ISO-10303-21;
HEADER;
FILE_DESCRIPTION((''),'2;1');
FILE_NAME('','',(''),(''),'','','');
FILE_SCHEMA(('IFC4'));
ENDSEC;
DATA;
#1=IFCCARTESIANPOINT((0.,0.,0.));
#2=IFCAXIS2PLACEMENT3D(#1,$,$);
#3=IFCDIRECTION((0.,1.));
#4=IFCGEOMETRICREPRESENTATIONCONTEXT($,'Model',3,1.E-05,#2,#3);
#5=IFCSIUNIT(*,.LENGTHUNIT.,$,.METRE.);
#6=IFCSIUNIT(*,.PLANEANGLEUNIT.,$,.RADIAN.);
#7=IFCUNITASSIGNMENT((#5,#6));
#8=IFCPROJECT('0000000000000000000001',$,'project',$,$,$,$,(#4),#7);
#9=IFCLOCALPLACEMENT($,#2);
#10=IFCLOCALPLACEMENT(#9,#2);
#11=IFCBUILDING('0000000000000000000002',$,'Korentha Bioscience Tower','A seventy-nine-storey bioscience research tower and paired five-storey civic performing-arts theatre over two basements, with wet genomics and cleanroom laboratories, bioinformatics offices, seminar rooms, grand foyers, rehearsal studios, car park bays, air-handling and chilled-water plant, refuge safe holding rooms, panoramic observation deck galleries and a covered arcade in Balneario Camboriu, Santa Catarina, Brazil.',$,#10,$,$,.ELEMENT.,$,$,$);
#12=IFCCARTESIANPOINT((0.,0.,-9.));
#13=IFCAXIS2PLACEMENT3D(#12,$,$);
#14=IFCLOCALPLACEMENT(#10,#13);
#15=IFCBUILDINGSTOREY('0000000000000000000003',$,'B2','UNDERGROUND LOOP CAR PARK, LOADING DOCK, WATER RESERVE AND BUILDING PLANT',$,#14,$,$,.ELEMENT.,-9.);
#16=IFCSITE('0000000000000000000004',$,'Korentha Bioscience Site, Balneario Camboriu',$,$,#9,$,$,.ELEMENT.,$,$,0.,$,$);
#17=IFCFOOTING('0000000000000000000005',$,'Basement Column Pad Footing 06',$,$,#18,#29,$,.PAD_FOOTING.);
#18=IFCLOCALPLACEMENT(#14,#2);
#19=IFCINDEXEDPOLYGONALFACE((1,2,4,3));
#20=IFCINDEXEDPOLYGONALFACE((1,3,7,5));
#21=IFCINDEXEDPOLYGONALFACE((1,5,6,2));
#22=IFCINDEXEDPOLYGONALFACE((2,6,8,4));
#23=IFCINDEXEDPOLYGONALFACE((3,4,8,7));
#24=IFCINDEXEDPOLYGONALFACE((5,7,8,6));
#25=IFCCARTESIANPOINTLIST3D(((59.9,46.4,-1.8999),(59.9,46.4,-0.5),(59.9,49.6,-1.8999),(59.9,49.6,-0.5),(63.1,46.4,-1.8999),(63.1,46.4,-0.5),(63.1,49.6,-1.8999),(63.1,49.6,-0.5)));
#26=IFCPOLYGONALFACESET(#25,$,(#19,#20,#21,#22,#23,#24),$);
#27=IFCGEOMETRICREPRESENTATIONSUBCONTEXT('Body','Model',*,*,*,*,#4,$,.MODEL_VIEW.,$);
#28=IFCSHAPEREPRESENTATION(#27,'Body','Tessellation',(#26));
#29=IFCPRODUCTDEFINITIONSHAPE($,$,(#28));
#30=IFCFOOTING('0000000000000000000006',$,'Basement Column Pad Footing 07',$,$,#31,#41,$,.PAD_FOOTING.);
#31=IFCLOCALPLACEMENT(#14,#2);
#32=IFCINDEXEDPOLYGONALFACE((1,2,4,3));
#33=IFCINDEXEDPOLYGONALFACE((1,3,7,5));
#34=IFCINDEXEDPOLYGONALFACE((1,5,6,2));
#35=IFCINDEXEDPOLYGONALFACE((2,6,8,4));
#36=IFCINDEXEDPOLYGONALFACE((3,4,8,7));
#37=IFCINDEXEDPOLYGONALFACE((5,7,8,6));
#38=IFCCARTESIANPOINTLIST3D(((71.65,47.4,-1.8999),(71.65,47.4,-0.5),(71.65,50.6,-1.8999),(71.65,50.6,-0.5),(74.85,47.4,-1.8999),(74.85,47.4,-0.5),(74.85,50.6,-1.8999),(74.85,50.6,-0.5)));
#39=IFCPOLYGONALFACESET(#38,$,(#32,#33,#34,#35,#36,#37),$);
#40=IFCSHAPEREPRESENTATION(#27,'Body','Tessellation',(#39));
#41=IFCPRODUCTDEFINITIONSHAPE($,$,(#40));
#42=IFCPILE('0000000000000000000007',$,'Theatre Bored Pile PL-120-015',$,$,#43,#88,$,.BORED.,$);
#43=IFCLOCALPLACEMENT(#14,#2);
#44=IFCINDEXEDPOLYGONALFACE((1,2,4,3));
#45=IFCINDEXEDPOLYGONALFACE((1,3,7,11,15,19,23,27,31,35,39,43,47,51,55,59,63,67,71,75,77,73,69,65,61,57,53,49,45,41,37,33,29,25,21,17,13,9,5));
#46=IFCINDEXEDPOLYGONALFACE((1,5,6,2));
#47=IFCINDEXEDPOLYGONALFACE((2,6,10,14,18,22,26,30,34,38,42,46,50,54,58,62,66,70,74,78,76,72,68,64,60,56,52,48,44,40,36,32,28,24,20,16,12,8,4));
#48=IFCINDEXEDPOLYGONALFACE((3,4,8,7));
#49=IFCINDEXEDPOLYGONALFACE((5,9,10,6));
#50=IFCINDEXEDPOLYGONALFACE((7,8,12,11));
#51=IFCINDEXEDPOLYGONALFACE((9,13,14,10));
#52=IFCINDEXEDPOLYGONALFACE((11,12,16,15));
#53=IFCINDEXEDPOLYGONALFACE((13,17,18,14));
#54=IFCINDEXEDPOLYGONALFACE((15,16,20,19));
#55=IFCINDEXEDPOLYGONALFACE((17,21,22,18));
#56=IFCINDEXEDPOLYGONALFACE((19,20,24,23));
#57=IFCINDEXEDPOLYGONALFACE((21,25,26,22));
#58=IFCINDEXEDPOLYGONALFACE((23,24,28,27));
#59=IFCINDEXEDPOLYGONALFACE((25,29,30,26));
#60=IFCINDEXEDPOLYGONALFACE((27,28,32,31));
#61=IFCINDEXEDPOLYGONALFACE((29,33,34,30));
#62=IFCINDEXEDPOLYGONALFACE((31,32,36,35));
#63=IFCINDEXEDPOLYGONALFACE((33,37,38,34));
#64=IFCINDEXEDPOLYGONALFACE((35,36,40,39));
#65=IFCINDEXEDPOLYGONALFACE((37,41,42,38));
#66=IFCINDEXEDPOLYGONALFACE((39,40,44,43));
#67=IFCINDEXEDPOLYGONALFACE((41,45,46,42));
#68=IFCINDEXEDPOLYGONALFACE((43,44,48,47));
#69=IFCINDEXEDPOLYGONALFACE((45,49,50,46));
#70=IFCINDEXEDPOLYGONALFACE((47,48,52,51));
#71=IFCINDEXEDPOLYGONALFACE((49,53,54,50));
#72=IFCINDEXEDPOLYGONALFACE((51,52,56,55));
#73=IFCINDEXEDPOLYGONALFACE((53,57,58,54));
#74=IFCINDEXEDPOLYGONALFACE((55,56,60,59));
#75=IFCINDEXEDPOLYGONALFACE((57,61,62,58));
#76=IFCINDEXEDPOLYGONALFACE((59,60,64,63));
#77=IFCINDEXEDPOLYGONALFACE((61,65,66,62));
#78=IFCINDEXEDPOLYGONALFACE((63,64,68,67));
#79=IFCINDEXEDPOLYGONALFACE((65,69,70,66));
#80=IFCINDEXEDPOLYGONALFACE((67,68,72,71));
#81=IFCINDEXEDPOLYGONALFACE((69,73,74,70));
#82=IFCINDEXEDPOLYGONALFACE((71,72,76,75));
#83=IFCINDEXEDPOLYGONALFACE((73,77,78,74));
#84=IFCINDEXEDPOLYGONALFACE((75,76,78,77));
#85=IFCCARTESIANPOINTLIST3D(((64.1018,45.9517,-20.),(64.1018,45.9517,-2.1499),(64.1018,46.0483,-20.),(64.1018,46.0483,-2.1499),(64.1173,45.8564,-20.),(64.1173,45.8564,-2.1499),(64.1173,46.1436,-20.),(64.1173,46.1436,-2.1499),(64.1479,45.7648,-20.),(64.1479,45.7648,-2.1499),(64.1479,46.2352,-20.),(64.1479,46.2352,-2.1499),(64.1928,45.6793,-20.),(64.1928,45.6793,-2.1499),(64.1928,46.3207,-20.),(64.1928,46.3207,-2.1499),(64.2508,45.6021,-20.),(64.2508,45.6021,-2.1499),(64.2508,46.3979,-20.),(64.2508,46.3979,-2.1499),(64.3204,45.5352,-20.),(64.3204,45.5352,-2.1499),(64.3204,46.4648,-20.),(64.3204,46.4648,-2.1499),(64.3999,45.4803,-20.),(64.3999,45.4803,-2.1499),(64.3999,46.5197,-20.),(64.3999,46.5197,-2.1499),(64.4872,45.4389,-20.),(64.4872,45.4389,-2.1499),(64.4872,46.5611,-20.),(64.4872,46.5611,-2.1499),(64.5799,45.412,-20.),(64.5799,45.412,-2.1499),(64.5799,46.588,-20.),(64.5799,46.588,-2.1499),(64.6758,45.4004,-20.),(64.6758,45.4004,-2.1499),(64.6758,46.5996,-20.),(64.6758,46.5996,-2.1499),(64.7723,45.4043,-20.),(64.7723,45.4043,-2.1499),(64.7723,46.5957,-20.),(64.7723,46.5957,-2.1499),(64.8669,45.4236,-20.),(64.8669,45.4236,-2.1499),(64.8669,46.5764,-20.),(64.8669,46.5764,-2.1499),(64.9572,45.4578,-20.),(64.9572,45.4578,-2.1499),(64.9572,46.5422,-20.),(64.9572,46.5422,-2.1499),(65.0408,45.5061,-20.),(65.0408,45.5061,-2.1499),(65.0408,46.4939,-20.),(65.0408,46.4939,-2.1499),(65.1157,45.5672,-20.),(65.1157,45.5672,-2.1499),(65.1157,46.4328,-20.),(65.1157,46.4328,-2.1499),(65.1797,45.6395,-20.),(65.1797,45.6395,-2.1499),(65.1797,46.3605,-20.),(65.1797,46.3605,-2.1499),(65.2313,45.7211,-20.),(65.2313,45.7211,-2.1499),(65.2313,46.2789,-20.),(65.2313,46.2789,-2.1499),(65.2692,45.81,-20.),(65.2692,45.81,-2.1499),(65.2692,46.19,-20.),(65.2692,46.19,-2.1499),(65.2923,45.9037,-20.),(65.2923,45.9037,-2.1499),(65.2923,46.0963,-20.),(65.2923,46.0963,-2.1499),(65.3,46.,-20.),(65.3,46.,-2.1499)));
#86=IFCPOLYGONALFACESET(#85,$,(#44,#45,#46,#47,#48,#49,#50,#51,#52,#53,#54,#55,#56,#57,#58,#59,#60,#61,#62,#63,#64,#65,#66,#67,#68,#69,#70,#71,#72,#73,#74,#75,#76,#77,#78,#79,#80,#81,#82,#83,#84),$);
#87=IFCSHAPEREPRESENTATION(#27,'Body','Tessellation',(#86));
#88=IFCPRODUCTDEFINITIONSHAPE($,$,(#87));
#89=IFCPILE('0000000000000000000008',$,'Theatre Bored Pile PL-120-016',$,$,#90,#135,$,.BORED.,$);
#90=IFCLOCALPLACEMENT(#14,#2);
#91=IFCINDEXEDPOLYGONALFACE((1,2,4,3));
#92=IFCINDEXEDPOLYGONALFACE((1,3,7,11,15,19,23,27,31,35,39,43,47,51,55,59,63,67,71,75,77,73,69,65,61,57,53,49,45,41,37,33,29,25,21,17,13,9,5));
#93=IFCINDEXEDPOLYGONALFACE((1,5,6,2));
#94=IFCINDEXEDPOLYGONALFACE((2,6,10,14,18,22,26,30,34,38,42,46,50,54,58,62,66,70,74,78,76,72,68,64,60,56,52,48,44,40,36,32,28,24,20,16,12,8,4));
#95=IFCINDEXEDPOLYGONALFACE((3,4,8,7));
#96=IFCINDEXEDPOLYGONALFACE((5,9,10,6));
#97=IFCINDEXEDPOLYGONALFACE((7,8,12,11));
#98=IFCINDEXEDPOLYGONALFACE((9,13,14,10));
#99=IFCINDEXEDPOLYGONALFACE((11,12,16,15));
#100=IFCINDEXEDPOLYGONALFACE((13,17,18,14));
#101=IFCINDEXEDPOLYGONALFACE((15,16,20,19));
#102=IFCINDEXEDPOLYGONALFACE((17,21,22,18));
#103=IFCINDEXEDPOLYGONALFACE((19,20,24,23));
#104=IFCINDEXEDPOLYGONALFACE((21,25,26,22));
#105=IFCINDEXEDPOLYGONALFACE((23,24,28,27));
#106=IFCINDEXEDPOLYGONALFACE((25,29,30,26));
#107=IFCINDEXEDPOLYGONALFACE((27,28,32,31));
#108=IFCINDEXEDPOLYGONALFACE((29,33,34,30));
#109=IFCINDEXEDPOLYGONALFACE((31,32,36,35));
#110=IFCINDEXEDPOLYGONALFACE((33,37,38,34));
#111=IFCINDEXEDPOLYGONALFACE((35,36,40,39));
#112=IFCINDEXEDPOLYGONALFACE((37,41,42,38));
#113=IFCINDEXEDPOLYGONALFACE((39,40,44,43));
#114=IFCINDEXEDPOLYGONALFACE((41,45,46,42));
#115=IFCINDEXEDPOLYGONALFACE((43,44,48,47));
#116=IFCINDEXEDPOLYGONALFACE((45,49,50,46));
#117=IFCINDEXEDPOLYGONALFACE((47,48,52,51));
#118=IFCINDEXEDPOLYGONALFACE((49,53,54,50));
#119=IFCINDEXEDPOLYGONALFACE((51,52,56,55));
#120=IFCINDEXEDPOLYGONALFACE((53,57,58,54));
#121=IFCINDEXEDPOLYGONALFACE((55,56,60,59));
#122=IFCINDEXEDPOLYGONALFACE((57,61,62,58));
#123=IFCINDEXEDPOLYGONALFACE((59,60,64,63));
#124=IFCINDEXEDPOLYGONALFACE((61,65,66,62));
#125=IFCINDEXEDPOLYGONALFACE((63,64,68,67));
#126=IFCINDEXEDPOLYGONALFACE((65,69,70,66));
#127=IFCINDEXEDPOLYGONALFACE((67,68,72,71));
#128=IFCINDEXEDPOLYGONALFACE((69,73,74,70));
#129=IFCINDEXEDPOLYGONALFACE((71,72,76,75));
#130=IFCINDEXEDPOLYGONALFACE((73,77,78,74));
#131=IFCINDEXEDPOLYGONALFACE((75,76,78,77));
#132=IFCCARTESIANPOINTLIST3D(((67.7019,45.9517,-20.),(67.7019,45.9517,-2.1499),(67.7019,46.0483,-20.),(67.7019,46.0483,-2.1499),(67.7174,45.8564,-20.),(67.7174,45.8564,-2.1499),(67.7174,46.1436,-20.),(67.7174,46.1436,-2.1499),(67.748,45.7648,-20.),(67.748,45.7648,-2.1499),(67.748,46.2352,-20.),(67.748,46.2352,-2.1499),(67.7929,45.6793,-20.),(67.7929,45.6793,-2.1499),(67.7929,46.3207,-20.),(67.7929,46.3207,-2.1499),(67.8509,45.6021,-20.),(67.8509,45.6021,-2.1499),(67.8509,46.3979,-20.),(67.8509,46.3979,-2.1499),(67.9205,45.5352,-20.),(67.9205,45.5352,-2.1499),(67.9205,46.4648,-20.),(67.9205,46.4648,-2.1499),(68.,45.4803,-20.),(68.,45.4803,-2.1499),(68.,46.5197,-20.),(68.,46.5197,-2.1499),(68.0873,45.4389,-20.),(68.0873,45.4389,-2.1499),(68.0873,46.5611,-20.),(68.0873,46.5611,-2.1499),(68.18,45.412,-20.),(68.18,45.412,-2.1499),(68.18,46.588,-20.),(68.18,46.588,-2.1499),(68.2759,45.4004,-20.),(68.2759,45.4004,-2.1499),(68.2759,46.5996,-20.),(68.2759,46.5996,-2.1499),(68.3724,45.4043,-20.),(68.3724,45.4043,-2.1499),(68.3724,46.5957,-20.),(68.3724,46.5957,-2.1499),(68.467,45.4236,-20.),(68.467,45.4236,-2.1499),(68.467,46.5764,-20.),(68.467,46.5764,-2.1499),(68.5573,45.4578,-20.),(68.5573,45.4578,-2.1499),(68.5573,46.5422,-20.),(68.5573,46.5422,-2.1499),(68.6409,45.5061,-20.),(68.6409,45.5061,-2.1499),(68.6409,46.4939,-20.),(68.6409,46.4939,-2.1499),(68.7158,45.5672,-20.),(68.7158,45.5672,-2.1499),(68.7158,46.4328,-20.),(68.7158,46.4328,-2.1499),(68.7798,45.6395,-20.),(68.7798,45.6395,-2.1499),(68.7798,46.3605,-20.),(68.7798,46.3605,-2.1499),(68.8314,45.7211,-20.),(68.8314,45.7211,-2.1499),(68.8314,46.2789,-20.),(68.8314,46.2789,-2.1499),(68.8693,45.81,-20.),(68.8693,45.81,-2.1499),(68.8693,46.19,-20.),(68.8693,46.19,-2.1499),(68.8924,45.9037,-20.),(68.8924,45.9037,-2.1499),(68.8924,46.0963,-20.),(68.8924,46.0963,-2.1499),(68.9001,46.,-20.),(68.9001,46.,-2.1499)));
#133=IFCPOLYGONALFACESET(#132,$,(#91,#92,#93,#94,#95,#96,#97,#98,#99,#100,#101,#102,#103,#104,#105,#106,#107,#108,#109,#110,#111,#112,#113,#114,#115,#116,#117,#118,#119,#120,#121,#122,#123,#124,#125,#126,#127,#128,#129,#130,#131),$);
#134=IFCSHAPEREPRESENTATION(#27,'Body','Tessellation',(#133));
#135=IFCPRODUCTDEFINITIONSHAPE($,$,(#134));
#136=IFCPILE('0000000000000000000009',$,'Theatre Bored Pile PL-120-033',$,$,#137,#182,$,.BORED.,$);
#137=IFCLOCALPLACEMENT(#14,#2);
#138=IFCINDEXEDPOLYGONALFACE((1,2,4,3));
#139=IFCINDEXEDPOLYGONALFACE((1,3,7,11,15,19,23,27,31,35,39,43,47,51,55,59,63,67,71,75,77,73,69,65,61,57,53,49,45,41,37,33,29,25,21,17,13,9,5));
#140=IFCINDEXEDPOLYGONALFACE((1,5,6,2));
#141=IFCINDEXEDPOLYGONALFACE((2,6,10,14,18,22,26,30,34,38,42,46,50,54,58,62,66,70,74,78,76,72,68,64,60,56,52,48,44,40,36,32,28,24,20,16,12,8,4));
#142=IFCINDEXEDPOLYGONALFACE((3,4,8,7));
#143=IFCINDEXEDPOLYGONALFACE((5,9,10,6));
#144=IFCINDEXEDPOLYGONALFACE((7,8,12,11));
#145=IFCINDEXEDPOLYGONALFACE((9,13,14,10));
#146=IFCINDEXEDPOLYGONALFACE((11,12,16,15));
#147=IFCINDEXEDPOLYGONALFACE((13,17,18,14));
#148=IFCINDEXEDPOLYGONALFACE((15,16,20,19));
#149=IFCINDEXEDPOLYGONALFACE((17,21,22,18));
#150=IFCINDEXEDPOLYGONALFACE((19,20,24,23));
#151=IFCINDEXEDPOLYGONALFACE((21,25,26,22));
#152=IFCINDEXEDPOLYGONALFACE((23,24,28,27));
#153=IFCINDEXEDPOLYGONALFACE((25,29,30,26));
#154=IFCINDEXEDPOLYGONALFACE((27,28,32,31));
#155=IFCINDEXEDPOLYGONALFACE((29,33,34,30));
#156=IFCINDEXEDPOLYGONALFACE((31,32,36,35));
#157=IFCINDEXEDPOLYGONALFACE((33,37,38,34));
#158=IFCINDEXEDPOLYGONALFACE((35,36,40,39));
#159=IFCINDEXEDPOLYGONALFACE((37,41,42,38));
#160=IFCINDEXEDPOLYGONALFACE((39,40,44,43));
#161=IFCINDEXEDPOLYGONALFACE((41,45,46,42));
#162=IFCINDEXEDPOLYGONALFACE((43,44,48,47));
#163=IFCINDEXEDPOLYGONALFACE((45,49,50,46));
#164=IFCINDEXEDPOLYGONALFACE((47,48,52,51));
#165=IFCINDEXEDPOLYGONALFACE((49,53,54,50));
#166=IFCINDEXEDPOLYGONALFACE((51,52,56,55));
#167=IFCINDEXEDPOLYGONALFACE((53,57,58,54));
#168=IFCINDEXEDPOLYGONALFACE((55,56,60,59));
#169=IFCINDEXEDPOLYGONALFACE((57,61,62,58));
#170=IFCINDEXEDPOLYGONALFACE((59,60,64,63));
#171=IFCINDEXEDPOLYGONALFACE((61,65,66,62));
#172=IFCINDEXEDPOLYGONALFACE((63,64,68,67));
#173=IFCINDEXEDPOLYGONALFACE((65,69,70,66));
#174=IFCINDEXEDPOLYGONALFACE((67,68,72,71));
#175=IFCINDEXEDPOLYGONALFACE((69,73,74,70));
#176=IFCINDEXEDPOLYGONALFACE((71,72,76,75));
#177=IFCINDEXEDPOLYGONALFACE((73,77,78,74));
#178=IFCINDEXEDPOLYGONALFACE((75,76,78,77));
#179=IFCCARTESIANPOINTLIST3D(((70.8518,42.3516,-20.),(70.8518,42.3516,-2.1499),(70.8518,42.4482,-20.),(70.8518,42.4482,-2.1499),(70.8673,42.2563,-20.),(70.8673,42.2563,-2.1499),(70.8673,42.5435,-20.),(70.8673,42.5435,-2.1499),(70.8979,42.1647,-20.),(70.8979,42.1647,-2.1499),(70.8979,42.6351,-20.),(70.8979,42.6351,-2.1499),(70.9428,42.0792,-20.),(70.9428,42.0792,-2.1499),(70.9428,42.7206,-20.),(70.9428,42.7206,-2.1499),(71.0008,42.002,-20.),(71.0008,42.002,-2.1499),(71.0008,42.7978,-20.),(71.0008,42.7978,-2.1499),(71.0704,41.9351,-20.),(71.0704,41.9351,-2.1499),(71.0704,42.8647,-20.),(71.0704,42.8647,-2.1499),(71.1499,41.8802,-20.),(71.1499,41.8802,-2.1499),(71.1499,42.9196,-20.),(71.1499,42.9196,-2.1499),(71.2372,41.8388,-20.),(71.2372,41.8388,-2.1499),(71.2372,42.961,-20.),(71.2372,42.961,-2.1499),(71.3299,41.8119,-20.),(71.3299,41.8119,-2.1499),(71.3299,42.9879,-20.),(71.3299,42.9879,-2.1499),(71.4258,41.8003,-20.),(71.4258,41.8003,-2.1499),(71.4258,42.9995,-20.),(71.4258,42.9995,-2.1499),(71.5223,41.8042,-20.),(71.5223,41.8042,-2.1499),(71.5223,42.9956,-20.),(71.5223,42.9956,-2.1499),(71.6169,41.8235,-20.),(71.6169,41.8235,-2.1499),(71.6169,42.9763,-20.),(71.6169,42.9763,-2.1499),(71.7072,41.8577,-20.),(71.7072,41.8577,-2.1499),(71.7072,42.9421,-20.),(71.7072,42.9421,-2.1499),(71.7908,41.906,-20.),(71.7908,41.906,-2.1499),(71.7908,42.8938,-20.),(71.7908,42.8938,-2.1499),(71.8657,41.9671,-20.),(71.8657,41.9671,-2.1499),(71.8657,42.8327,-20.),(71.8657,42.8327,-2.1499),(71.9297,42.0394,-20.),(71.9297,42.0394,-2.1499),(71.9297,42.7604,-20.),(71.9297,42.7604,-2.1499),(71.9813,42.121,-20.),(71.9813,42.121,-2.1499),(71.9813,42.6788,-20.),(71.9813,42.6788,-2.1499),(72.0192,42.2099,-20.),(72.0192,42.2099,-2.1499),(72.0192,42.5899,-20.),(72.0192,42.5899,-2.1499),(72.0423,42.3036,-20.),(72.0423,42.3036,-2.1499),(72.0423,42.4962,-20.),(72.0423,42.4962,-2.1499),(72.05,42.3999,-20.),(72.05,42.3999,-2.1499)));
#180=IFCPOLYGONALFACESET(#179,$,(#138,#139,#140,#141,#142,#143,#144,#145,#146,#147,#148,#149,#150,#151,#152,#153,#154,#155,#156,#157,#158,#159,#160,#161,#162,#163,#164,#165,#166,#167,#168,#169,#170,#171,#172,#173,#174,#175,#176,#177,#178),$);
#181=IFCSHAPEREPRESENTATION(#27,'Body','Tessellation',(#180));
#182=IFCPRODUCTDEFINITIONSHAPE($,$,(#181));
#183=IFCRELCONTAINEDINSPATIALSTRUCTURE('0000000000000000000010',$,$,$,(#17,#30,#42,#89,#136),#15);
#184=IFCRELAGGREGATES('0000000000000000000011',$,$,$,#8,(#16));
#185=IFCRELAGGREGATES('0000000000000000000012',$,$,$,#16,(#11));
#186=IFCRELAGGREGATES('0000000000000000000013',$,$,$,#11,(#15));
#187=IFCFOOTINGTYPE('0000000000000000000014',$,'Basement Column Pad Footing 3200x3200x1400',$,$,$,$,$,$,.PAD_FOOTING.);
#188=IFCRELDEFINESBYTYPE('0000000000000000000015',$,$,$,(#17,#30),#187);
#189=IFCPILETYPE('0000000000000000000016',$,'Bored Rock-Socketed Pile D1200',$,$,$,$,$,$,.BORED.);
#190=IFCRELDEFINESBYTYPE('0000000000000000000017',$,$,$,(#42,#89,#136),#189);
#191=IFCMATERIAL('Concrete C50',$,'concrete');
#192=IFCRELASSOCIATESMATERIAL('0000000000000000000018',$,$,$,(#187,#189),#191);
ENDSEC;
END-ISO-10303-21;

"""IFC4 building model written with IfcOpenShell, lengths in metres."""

from ifc_helpers import new_model, si_unit, direction, frame, origin, origin_2d, place, context, subcontext, project, spatial, rectangle, circle, extrude, material, material_profile, profile_set, type_object, element, save


model = new_model("IFC4")

# Units and contexts
model_context = context("Model", 3, precision=1e-05, world=origin(), true_north=direction((0.0, 1.0)))
body_context = subcontext(model_context, "Body", "Model", "MODEL_VIEW")
ifc_project = project(units=[si_unit("LENGTHUNIT", "METRE"), si_unit("PLANEANGLEUNIT", "RADIAN")], contexts=[model_context])

# Site, building, storey
site_placement = place(None, origin())
site = spatial("IfcSite", under=ifc_project, at=site_placement, Name="Korentha Bioscience Site, Balneario Camboriu", CompositionType="ELEMENT", RefElevation=0.0)
building_placement = place(site_placement, origin())
building = spatial("IfcBuilding", under=site, at=building_placement, Name="Korentha Bioscience Tower", Description="A seventy-nine-storey bioscience research tower and paired five-storey civic performing-arts theatre over two basements, with wet genomics and cleanroom laboratories, bioinformatics offices, seminar rooms, grand foyers, rehearsal studios, car park bays, air-handling and chilled-water plant, refuge safe holding rooms, panoramic observation deck galleries and a covered arcade in Balneario Camboriu, Santa Catarina, Brazil.", CompositionType="ELEMENT")
storey_placement = place(building_placement, frame((0.0, 0.0, -9.0)))
storey = spatial("IfcBuildingStorey", under=building, at=storey_placement, Name="B2", Description="UNDERGROUND LOOP CAR PARK, LOADING DOCK, WATER RESERVE AND BUILDING PLANT", CompositionType="ELEMENT", Elevation=-9.0)

# Footings
ifc_material_1 = material(Name="Concrete C50", Category="concrete")
footing_type_1 = type_object("IfcFootingType", Name="Basement Column Pad Footing 3200x3200x1400", PredefinedType="PAD_FOOTING", material=ifc_material_1)
for number, where, z_axis, x_axis, name in (
    (1, (61.5, 48.0, -1.8999), (0.0, 0.0, 1.0), (1.0, 0.0, 0.0), "Basement Column Pad Footing 06"),
    (2, (73.25, 49.0, -1.8999), (0.0, 0.0, 1.0), (1.0, 0.0, 0.0), "Basement Column Pad Footing 07"),
):
    element("IfcFooting", number, at=place(storey_placement, frame(where, z_axis=z_axis, x_axis=x_axis)), inside=storey, type_object=footing_type_1, Name=name, PredefinedType="PAD_FOOTING", context=body_context, shape_type="SweptSolid", body=[
        extrude(rectangle(XDim=3.2, YDim=3.2, at=origin_2d()), origin(), (0.0, 0.0, 1.0), 1.3999),
    ])

# Piles
ifc_material_profile_1 = material_profile(ifc_material_1, circle(Radius=0.6001, at=origin_2d()), Name="Concrete C50")
ifc_profile_set_1 = profile_set([ifc_material_profile_1], Name="Concrete C50 (PL-120)")
pile_type = type_object("IfcPileType", Name="Bored Rock-Socketed Pile D1200", PredefinedType="BORED", material=ifc_profile_set_1)
for number, where, z_axis, x_axis, name in (
    (3, (64.7, 46.0, -2.1499), (0.0, 0.0, -1.0), (1.0, 0.0, 0.0), "Theatre Bored Pile PL-120-015"),
    (4, (68.3, 46.0, -2.1499), (0.0, 0.0, -1.0), (1.0, 0.0, 0.0), "Theatre Bored Pile PL-120-016"),
    (5, (71.45, 42.3999, -2.1499), (0.0, 0.0, -1.0), (1.0, 0.0, 0.0), "Theatre Bored Pile PL-120-033"),
):
    element("IfcPile", number, at=place(storey_placement, frame(where, z_axis=z_axis, x_axis=x_axis)), inside=storey, type_object=pile_type, Name=name, PredefinedType="BORED", context=body_context, shape_type="SweptSolid", body=[
        extrude(circle(Radius=0.6001, at=origin_2d()), origin(), (0.0, 0.0, 1.0), 17.8501),
    ])

save(model, "model.ifc")
